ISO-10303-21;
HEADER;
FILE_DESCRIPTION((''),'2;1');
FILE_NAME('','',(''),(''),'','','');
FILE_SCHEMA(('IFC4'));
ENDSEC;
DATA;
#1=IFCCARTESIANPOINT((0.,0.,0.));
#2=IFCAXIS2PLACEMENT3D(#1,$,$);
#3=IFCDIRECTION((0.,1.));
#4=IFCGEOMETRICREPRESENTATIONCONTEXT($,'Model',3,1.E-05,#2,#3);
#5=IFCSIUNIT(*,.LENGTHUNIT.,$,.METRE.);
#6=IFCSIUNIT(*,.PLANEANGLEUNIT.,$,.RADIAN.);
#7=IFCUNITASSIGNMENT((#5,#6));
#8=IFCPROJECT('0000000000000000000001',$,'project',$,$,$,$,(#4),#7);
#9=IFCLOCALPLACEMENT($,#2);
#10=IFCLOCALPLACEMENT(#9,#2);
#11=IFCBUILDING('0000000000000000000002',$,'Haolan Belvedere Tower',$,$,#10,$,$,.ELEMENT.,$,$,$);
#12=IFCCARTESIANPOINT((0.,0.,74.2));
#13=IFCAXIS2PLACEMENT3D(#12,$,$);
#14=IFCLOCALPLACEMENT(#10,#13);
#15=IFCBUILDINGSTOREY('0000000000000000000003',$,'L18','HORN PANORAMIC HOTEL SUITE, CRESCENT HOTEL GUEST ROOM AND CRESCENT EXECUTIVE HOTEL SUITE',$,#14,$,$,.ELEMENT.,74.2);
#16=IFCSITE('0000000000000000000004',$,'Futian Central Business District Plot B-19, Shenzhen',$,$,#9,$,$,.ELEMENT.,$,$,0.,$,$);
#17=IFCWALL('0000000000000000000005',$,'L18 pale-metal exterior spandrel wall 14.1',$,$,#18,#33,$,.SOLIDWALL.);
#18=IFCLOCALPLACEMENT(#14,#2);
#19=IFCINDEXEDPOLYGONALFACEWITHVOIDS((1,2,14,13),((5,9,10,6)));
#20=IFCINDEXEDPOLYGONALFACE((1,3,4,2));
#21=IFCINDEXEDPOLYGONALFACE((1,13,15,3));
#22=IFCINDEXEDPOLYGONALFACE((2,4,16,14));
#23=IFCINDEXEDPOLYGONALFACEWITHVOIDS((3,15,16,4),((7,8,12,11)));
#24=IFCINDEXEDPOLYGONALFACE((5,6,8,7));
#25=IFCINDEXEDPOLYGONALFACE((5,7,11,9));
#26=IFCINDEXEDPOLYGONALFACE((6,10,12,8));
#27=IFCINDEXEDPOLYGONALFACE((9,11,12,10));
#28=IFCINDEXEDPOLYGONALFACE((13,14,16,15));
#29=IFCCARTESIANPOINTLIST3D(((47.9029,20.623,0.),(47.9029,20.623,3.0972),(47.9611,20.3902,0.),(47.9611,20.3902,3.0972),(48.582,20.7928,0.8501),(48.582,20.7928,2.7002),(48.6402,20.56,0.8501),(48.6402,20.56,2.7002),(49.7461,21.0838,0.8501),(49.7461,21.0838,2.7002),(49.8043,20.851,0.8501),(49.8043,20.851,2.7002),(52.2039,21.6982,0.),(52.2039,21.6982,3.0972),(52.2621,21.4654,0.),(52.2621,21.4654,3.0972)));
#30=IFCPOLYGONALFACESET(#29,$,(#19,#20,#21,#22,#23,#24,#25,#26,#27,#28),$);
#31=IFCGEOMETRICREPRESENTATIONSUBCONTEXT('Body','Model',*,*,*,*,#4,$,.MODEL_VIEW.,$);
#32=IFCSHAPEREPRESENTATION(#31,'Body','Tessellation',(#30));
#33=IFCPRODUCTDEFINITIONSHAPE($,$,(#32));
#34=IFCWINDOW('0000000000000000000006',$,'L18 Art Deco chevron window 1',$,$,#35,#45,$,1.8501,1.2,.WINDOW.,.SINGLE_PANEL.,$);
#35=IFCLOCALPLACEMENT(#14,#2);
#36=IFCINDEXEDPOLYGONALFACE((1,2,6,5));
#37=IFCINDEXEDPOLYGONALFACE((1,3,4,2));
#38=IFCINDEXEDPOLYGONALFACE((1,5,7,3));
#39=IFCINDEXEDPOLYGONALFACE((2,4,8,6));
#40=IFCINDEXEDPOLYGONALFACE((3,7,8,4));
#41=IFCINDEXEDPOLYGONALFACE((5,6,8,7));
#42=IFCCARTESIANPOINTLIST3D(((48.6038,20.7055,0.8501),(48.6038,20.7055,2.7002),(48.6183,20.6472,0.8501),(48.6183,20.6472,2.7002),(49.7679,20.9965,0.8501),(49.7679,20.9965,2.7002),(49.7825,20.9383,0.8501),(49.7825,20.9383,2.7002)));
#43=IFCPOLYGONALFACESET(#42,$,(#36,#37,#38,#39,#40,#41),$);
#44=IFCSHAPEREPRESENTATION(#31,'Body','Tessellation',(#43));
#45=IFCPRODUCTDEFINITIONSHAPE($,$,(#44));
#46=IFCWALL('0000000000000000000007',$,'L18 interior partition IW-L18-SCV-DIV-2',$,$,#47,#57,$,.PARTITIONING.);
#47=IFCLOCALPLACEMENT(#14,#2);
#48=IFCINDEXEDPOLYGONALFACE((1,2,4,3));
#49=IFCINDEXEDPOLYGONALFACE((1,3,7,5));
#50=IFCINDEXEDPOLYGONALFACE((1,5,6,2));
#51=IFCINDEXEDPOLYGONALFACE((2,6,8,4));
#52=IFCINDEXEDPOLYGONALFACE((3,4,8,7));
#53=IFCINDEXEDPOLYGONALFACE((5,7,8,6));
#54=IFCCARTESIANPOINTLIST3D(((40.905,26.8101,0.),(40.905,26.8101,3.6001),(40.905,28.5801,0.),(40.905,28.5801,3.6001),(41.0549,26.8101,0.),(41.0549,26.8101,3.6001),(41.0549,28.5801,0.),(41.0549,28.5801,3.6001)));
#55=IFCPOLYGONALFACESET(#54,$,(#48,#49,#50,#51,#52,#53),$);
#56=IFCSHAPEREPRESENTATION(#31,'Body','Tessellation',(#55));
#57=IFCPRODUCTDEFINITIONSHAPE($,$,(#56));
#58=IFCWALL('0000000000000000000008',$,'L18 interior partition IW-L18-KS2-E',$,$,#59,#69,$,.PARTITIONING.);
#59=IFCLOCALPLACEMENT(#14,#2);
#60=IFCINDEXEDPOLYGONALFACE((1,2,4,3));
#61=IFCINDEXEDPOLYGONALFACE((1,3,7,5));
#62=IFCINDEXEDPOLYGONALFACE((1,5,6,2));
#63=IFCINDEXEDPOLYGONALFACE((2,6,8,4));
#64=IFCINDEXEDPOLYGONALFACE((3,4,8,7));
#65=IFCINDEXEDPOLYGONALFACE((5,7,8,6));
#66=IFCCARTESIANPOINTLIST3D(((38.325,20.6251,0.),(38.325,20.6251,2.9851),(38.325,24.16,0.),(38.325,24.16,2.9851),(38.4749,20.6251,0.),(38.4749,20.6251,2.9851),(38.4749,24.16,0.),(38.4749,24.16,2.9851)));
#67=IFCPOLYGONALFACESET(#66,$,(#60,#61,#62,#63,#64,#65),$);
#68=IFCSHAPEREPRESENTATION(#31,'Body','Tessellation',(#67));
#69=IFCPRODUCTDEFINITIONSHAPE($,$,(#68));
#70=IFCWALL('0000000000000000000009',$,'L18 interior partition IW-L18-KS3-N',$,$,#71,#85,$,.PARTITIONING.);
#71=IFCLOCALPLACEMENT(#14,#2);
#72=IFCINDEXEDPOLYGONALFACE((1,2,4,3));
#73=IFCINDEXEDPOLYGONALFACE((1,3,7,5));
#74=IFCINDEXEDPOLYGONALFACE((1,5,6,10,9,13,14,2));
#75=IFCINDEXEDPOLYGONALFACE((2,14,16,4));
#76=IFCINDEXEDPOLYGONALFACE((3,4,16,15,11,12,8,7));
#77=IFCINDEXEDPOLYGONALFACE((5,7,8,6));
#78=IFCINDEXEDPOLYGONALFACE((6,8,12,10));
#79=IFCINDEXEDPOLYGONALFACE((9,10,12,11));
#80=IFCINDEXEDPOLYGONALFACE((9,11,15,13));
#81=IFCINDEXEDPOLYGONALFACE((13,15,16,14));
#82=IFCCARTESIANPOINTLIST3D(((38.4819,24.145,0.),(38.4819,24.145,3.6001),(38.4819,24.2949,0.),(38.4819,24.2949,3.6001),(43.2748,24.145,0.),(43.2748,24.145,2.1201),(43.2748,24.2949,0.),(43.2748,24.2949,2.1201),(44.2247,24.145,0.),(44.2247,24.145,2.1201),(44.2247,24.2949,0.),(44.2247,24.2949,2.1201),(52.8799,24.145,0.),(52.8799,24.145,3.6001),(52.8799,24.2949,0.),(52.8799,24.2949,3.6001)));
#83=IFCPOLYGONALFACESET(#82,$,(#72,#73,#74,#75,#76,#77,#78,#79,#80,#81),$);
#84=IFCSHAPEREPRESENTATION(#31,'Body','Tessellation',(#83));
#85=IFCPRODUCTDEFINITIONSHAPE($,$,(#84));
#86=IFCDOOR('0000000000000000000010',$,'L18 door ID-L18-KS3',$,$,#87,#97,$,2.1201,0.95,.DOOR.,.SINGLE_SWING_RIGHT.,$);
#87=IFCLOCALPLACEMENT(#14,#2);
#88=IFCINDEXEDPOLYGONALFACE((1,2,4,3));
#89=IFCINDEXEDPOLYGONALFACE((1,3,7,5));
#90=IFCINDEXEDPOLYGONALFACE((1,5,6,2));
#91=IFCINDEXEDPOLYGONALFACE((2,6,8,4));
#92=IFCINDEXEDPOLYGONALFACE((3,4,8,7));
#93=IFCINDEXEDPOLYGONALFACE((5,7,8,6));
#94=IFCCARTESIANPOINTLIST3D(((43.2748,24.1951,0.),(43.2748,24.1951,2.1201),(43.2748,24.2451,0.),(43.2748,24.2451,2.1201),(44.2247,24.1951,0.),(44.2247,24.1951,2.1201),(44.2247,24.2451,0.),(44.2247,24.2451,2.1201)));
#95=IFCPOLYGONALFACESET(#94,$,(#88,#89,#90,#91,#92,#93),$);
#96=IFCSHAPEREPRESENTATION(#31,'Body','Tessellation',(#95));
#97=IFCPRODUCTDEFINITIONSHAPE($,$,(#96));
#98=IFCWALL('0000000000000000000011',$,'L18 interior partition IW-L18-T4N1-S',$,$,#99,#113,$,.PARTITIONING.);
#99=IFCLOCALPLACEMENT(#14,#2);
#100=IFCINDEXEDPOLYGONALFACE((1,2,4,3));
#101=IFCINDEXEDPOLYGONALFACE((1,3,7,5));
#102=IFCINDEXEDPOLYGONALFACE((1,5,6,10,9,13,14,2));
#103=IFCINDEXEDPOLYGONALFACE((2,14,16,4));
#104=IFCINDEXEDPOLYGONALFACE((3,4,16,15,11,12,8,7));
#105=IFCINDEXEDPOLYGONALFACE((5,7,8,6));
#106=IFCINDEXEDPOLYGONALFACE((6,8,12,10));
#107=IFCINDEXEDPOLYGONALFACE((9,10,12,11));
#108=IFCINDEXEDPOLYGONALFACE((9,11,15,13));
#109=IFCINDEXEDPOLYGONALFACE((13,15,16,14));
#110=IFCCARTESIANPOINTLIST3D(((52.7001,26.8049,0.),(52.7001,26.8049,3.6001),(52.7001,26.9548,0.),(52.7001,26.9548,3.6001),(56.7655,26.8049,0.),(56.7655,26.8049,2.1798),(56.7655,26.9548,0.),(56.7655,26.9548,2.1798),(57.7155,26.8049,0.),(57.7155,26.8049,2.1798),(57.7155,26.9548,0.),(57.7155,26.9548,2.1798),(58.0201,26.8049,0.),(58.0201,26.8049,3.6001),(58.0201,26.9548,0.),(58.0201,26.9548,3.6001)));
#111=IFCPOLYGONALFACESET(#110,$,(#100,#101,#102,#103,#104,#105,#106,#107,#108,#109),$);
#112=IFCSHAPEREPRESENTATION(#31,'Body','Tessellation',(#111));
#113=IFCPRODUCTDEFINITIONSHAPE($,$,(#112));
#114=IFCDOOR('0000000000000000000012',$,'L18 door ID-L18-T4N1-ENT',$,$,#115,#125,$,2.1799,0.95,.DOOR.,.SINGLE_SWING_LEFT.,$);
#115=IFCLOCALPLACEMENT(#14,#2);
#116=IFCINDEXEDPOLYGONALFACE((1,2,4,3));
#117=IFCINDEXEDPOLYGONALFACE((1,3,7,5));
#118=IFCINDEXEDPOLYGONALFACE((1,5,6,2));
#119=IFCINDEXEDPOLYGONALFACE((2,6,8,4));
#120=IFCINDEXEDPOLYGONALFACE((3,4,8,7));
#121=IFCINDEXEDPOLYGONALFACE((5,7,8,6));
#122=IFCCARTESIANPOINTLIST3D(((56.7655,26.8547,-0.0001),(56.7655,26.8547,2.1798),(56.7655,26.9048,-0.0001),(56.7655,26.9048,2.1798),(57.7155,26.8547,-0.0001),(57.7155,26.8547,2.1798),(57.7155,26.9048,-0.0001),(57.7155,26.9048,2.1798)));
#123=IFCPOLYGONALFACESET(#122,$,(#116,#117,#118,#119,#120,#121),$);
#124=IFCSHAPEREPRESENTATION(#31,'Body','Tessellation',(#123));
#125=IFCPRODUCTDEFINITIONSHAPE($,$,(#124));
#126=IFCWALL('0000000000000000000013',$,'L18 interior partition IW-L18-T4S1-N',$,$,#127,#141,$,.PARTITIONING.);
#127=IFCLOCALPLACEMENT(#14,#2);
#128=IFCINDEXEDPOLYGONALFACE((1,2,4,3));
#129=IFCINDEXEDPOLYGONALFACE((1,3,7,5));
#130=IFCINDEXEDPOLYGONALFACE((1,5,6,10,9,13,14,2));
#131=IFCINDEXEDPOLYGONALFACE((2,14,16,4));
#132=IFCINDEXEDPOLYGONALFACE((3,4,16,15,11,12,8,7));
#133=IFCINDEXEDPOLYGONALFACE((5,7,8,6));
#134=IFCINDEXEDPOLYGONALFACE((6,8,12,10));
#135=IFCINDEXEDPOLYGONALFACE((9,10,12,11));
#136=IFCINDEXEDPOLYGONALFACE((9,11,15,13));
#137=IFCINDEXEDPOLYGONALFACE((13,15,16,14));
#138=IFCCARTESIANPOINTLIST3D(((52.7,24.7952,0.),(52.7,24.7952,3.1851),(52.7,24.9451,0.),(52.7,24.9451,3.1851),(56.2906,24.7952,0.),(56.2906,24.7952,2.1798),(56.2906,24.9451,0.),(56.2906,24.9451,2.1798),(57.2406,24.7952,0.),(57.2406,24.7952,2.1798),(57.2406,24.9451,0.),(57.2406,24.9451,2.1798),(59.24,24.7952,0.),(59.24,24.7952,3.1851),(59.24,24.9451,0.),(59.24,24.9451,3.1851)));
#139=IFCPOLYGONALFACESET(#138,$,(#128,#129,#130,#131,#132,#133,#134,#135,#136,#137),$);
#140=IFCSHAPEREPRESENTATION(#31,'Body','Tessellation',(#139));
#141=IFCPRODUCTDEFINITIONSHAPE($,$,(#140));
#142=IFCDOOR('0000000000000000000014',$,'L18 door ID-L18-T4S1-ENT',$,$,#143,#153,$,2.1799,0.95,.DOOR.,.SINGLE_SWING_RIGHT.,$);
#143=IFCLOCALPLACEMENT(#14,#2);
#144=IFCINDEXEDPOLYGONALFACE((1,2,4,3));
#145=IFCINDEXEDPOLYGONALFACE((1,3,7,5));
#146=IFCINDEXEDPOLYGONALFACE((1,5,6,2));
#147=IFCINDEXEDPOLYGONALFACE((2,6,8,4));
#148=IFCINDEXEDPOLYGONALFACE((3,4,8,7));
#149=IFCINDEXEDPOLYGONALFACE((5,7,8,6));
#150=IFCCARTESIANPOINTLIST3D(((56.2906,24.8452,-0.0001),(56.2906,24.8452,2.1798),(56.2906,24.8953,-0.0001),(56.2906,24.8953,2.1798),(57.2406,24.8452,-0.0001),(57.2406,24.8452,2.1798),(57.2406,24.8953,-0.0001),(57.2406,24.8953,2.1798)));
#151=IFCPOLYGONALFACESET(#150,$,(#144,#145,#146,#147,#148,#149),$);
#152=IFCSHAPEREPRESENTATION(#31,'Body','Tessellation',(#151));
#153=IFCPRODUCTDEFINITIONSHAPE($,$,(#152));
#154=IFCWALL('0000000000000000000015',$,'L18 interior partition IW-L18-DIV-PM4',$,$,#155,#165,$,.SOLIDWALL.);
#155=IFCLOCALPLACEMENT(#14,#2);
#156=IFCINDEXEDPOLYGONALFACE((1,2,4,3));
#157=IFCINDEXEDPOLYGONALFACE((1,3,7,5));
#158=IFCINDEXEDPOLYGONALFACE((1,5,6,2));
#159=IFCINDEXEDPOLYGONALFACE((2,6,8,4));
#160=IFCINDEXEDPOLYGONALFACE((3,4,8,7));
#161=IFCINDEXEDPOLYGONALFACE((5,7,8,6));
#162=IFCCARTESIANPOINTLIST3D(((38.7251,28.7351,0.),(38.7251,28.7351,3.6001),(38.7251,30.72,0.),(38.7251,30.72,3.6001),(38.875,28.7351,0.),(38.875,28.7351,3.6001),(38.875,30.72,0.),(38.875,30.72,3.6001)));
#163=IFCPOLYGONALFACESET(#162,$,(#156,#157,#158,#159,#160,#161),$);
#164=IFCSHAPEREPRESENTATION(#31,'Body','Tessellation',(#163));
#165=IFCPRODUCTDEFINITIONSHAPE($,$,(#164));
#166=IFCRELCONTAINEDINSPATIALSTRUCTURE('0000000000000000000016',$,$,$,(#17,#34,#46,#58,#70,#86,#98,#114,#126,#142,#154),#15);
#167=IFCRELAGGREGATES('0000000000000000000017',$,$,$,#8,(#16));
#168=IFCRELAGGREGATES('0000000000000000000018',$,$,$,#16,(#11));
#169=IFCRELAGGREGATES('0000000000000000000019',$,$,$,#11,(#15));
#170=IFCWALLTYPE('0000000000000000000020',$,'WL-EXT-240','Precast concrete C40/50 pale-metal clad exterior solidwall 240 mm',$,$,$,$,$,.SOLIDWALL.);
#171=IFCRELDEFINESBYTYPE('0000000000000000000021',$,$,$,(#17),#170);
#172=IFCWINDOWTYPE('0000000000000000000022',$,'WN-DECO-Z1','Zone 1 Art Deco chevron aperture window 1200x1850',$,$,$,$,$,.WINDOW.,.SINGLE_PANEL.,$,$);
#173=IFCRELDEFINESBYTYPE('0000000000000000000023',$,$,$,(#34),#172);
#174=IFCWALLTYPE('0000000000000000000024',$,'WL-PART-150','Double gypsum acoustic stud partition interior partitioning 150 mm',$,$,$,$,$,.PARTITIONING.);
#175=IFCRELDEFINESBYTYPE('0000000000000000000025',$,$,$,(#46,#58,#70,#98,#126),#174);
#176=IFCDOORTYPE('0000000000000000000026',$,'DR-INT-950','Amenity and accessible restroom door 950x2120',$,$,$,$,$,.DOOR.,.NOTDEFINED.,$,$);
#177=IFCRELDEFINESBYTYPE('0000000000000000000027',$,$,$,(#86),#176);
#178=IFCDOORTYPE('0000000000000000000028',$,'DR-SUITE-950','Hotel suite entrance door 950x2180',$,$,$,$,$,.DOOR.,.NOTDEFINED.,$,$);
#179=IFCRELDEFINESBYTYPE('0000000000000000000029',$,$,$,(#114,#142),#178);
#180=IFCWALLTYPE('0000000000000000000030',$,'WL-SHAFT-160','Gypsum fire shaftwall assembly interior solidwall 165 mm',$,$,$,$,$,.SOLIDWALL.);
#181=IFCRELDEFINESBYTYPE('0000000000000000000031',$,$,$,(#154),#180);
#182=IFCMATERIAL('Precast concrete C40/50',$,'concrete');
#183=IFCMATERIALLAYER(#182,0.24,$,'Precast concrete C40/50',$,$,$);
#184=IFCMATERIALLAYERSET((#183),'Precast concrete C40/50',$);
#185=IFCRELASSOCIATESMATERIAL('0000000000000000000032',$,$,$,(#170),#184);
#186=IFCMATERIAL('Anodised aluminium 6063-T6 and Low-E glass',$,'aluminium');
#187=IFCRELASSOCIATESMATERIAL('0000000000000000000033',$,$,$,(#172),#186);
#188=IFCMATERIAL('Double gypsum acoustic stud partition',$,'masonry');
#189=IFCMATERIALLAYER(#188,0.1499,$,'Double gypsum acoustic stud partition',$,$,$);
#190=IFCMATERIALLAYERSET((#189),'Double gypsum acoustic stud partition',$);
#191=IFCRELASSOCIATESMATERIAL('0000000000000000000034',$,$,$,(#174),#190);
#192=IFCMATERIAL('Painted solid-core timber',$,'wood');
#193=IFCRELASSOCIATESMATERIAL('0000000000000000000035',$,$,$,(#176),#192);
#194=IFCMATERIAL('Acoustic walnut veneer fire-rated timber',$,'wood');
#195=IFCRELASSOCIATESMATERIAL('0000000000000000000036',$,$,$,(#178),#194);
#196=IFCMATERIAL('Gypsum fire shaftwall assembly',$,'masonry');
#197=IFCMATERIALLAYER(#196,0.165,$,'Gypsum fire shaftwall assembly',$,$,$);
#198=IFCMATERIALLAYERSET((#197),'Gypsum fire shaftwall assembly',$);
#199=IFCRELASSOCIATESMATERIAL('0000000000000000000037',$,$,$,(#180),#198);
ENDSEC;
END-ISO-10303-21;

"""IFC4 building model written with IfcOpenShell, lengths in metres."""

from ifc_helpers import new_model, si_unit, direction, frame, frame_2d, origin, place, context, subcontext, project, spatial, rectangle, extrude, material, layer, layer_set, type_object, element, fill, save


model = new_model("IFC4")

# Units and contexts
model_context = context("Model", 3, precision=1e-05, world=origin(), true_north=direction((0.0, 1.0)))
body_context = subcontext(model_context, "Body", "Model", "MODEL_VIEW")
ifc_project = project(units=[si_unit("LENGTHUNIT", "METRE"), si_unit("PLANEANGLEUNIT", "RADIAN")], contexts=[model_context])

# Site, building, storey
site_placement = place(None, origin())
site = spatial("IfcSite", under=ifc_project, at=site_placement, Name="Futian Central Business District Plot B-19, Shenzhen", CompositionType="ELEMENT", RefElevation=0.0)
building_placement = place(site_placement, origin())
building = spatial("IfcBuilding", under=site, at=building_placement, Name="Haolan Belvedere Tower", CompositionType="ELEMENT")
storey_placement = place(building_placement, frame((0.0, 0.0, 74.2)))
storey = spatial("IfcBuildingStorey", under=building, at=storey_placement, Name="L18", Description="HORN PANORAMIC HOTEL SUITE, CRESCENT HOTEL GUEST ROOM AND CRESCENT EXECUTIVE HOTEL SUITE", CompositionType="ELEMENT", Elevation=74.2)

# Wall, opening, window
ifc_material_1 = material(Name="Precast concrete C40/50", Category="concrete")
ifc_layer_1 = layer(ifc_material_1, 0.24, Name="Precast concrete C40/50")
ifc_layer_set_1 = layer_set([ifc_layer_1], Name="Precast concrete C40/50")
wall_type_1 = type_object("IfcWallType", Name="WL-EXT-240", Description="Precast concrete C40/50 pale-metal clad exterior solidwall 240 mm", PredefinedType="SOLIDWALL", material=ifc_layer_set_1)
wall_1_placement = place(storey_placement, frame((47.9319, 20.5066, 0.0), z_axis=(0.0, 0.0, 1.0), x_axis=(0.970146, 0.242523, 0.0)))
wall_1 = element("IfcWall", 1, at=wall_1_placement, inside=storey, type_object=wall_type_1, Name="L18 pale-metal exterior spandrel wall 14.1", PredefinedType="SOLIDWALL", context=body_context, shape_type="SweptSolid", body=[
    extrude(rectangle(XDim=4.4333, YDim=0.24, at=frame_2d((2.2168, 0.0))), origin(), (0.0, 0.0, 1.0), 3.0972),
])
opening_1_placement = place(wall_1_placement, frame((0.7, 0.0, 0.8501)))
opening_1 = element("IfcOpeningElement", 2, at=opening_1_placement, cuts=wall_1, PredefinedType="OPENING", context=body_context, shape_type="SweptSolid", body=[
    extrude(rectangle(XDim=1.2, YDim=1.8501, at=frame_2d((0.6001, 0.925))), frame((0.0, 0.1299, 0.0), z_axis=(0.0, -1.0, 0.0), x_axis=(1.0, 0.0, 0.0)), (0.0, 0.0, 1.0), 0.26),
])
ifc_material_2 = material(Name="Anodised aluminium 6063-T6 and Low-E glass", Category="aluminium")
window_type = type_object("IfcWindowType", Name="WN-DECO-Z1", Description="Zone 1 Art Deco chevron aperture window 1200x1850", PartitioningType="SINGLE_PANEL", PredefinedType="WINDOW", material=ifc_material_2)
window_placement = place(opening_1_placement, origin())
window = element("IfcWindow", 3, at=window_placement, inside=storey, type_object=window_type, Name="L18 Art Deco chevron window 1", OverallHeight=1.8501, OverallWidth=1.2, PartitioningType="SINGLE_PANEL", PredefinedType="WINDOW", context=body_context, shape_type="SweptSolid", body=[
    extrude(rectangle(XDim=1.2, YDim=1.8501, at=frame_2d((0.6001, 0.925))), frame((0.0, 0.03, 0.0), z_axis=(0.0, -1.0, 0.0), x_axis=(1.0, 0.0, 0.0)), (0.0, 0.0, 1.0), 0.0601),
])
fill(opening_1, window)

# Walls
ifc_material_3 = material(Name="Double gypsum acoustic stud partition", Category="masonry")
ifc_layer_2 = layer(ifc_material_3, 0.1499, Name="Double gypsum acoustic stud partition")
ifc_layer_set_2 = layer_set([ifc_layer_2], Name="Double gypsum acoustic stud partition")
wall_type_2 = type_object("IfcWallType", Name="WL-PART-150", Description="Double gypsum acoustic stud partition interior partitioning 150 mm", PredefinedType="PARTITIONING", material=ifc_layer_set_2)
wall_2_placement = place(storey_placement, frame((40.98, 26.8101, 0.0), z_axis=(0.0, 0.0, 1.0), x_axis=(0.0, 1.0, 0.0)))
element("IfcWall", 4, at=wall_2_placement, inside=storey, type_object=wall_type_2, Name="L18 interior partition IW-L18-SCV-DIV-2", PredefinedType="PARTITIONING", context=body_context, shape_type="SweptSolid", body=[
    extrude(rectangle(XDim=1.77, YDim=0.1499, at=frame_2d((0.885, 0.0))), origin(), (0.0, 0.0, 1.0), 3.6001),
])
wall_3_placement = place(storey_placement, frame((38.3999, 20.625, 0.0), z_axis=(0.0, 0.0, 1.0), x_axis=(0.0, 1.0, 0.0)))
element("IfcWall", 5, at=wall_3_placement, inside=storey, type_object=wall_type_2, Name="L18 interior partition IW-L18-KS2-E", PredefinedType="PARTITIONING", context=body_context, shape_type="SweptSolid", body=[
    extrude(rectangle(XDim=3.5349, YDim=0.1499, at=frame_2d((1.7676, 0.0))), origin(), (0.0, 0.0, 1.0), 2.9851),
])

# Walls, openings, doors
wall_4_placement = place(storey_placement, frame((38.4819, 24.22, 0.0), z_axis=(0.0, 0.0, 1.0), x_axis=(1.0, 0.0, 0.0)))
wall_4 = element("IfcWall", 6, at=wall_4_placement, inside=storey, type_object=wall_type_2, Name="L18 interior partition IW-L18-KS3-N", PredefinedType="PARTITIONING", context=body_context, shape_type="SweptSolid", body=[
    extrude(rectangle(XDim=14.3979, YDim=0.1499, at=frame_2d((7.199, 0.0))), origin(), (0.0, 0.0, 1.0), 3.6001),
])
opening_2_placement = place(wall_4_placement, frame((5.7429, 0.0, 0.0), z_axis=(0.0, 0.0, 1.0), x_axis=(-1.0, 0.0, 0.0)))
opening_2 = element("IfcOpeningElement", 7, at=opening_2_placement, cuts=wall_4, PredefinedType="OPENING", context=body_context, shape_type="SweptSolid", body=[
    extrude(rectangle(XDim=0.95, YDim=2.1201, at=frame_2d((0.4751, 1.0601))), frame((0.0, 0.085, 0.0), z_axis=(0.0, -1.0, 0.0), x_axis=(1.0, 0.0, 0.0)), (0.0, 0.0, 1.0), 0.1699),
])
ifc_material_4 = material(Name="Painted solid-core timber", Category="wood")
door_type_1 = type_object("IfcDoorType", Name="DR-INT-950", Description="Amenity and accessible restroom door 950x2120", OperationType="NOTDEFINED", PredefinedType="DOOR", material=ifc_material_4)
door_1_placement = place(opening_2_placement, origin())
door_1 = element("IfcDoor", 8, at=door_1_placement, inside=storey, type_object=door_type_1, Name="L18 door ID-L18-KS3", OperationType="SINGLE_SWING_RIGHT", OverallHeight=2.1201, OverallWidth=0.95, PredefinedType="DOOR", context=body_context, shape_type="SweptSolid", body=[
    extrude(rectangle(XDim=0.95, YDim=2.1201, at=frame_2d((0.4751, 1.0601))), frame((0.0, 0.0249, 0.0), z_axis=(0.0, -1.0, 0.0), x_axis=(1.0, 0.0, 0.0)), (0.0, 0.0, 1.0), 0.05),
])
fill(opening_2, door_1)
wall_5_placement = place(storey_placement, frame((52.7, 26.8799, 0.0), z_axis=(0.0, 0.0, 1.0), x_axis=(1.0, 0.0, 0.0)))
wall_5 = element("IfcWall", 9, at=wall_5_placement, inside=storey, type_object=wall_type_2, Name="L18 interior partition IW-L18-T4N1-S", PredefinedType="PARTITIONING", context=body_context, shape_type="SweptSolid", body=[
    extrude(rectangle(XDim=5.3201, YDim=0.1499, at=frame_2d((2.6602, 0.0))), origin(), (0.0, 0.0, 1.0), 3.6001),
])
opening_3_placement = place(wall_5_placement, frame((4.0654, 0.0, 0.0)))
opening_3 = element("IfcOpeningElement", 10, at=opening_3_placement, cuts=wall_5, PredefinedType="OPENING", context=body_context, shape_type="SweptSolid", body=[
    extrude(rectangle(XDim=0.95, YDim=2.1799, at=frame_2d((0.4751, 1.0898))), frame((0.0, 0.085, 0.0), z_axis=(0.0, -1.0, 0.0), x_axis=(1.0, 0.0, 0.0)), (0.0, 0.0, 1.0), 0.1699),
])
ifc_material_5 = material(Name="Acoustic walnut veneer fire-rated timber", Category="wood")
door_type_2 = type_object("IfcDoorType", Name="DR-SUITE-950", Description="Hotel suite entrance door 950x2180", OperationType="NOTDEFINED", PredefinedType="DOOR", material=ifc_material_5)
door_2_placement = place(opening_3_placement, origin())
door_2 = element("IfcDoor", 11, at=door_2_placement, inside=storey, type_object=door_type_2, Name="L18 door ID-L18-T4N1-ENT", OperationType="SINGLE_SWING_LEFT", OverallHeight=2.1799, OverallWidth=0.95, PredefinedType="DOOR", context=body_context, shape_type="SweptSolid", body=[
    extrude(rectangle(XDim=0.95, YDim=2.1799, at=frame_2d((0.4751, 1.0898))), frame((0.0, 0.0249, 0.0), z_axis=(0.0, -1.0, 0.0), x_axis=(1.0, 0.0, 0.0)), (0.0, 0.0, 1.0), 0.05),
])
fill(opening_3, door_2)
wall_6_placement = place(storey_placement, frame((52.7, 24.8701, 0.0), z_axis=(0.0, 0.0, 1.0), x_axis=(1.0, 0.0, 0.0)))
wall_6 = element("IfcWall", 12, at=wall_6_placement, inside=storey, type_object=wall_type_2, Name="L18 interior partition IW-L18-T4S1-N", PredefinedType="PARTITIONING", context=body_context, shape_type="SweptSolid", body=[
    extrude(rectangle(XDim=6.54, YDim=0.1499, at=frame_2d((3.27, 0.0))), origin(), (0.0, 0.0, 1.0), 3.1851),
])
opening_4_placement = place(wall_6_placement, frame((4.5408, 0.0, 0.0), z_axis=(0.0, 0.0, 1.0), x_axis=(-1.0, 0.0, 0.0)))
opening_4 = element("IfcOpeningElement", 13, at=opening_4_placement, cuts=wall_6, PredefinedType="OPENING", context=body_context, shape_type="SweptSolid", body=[
    extrude(rectangle(XDim=0.95, YDim=2.1799, at=frame_2d((0.4751, 1.0898))), frame((0.0, 0.085, 0.0), z_axis=(0.0, -1.0, 0.0), x_axis=(1.0, 0.0, 0.0)), (0.0, 0.0, 1.0), 0.1699),
])
door_3_placement = place(opening_4_placement, origin())
door_3 = element("IfcDoor", 14, at=door_3_placement, inside=storey, type_object=door_type_2, Name="L18 door ID-L18-T4S1-ENT", OperationType="SINGLE_SWING_RIGHT", OverallHeight=2.1799, OverallWidth=0.95, PredefinedType="DOOR", context=body_context, shape_type="SweptSolid", body=[
    extrude(rectangle(XDim=0.95, YDim=2.1799, at=frame_2d((0.4751, 1.0898))), frame((0.0, 0.0249, 0.0), z_axis=(0.0, -1.0, 0.0), x_axis=(1.0, 0.0, 0.0)), (0.0, 0.0, 1.0), 0.05),
])
fill(opening_4, door_3)

# Wall
ifc_material_6 = material(Name="Gypsum fire shaftwall assembly", Category="masonry")
ifc_layer_3 = layer(ifc_material_6, 0.165, Name="Gypsum fire shaftwall assembly")
ifc_layer_set_3 = layer_set([ifc_layer_3], Name="Gypsum fire shaftwall assembly")
wall_type_3 = type_object("IfcWallType", Name="WL-SHAFT-160", Description="Gypsum fire shaftwall assembly interior solidwall 165 mm", PredefinedType="SOLIDWALL", material=ifc_layer_set_3)
wall_7_placement = place(storey_placement, frame((38.8, 28.7351, 0.0), z_axis=(0.0, 0.0, 1.0), x_axis=(0.0, 1.0, 0.0)))
element("IfcWall", 15, at=wall_7_placement, inside=storey, type_object=wall_type_3, Name="L18 interior partition IW-L18-DIV-PM4", PredefinedType="SOLIDWALL", context=body_context, shape_type="SweptSolid", body=[
    extrude(rectangle(XDim=1.9849, YDim=0.1499, at=frame_2d((0.9924, 0.0))), origin(), (0.0, 0.0, 1.0), 3.6001),
])

save(model, "model.ifc")
